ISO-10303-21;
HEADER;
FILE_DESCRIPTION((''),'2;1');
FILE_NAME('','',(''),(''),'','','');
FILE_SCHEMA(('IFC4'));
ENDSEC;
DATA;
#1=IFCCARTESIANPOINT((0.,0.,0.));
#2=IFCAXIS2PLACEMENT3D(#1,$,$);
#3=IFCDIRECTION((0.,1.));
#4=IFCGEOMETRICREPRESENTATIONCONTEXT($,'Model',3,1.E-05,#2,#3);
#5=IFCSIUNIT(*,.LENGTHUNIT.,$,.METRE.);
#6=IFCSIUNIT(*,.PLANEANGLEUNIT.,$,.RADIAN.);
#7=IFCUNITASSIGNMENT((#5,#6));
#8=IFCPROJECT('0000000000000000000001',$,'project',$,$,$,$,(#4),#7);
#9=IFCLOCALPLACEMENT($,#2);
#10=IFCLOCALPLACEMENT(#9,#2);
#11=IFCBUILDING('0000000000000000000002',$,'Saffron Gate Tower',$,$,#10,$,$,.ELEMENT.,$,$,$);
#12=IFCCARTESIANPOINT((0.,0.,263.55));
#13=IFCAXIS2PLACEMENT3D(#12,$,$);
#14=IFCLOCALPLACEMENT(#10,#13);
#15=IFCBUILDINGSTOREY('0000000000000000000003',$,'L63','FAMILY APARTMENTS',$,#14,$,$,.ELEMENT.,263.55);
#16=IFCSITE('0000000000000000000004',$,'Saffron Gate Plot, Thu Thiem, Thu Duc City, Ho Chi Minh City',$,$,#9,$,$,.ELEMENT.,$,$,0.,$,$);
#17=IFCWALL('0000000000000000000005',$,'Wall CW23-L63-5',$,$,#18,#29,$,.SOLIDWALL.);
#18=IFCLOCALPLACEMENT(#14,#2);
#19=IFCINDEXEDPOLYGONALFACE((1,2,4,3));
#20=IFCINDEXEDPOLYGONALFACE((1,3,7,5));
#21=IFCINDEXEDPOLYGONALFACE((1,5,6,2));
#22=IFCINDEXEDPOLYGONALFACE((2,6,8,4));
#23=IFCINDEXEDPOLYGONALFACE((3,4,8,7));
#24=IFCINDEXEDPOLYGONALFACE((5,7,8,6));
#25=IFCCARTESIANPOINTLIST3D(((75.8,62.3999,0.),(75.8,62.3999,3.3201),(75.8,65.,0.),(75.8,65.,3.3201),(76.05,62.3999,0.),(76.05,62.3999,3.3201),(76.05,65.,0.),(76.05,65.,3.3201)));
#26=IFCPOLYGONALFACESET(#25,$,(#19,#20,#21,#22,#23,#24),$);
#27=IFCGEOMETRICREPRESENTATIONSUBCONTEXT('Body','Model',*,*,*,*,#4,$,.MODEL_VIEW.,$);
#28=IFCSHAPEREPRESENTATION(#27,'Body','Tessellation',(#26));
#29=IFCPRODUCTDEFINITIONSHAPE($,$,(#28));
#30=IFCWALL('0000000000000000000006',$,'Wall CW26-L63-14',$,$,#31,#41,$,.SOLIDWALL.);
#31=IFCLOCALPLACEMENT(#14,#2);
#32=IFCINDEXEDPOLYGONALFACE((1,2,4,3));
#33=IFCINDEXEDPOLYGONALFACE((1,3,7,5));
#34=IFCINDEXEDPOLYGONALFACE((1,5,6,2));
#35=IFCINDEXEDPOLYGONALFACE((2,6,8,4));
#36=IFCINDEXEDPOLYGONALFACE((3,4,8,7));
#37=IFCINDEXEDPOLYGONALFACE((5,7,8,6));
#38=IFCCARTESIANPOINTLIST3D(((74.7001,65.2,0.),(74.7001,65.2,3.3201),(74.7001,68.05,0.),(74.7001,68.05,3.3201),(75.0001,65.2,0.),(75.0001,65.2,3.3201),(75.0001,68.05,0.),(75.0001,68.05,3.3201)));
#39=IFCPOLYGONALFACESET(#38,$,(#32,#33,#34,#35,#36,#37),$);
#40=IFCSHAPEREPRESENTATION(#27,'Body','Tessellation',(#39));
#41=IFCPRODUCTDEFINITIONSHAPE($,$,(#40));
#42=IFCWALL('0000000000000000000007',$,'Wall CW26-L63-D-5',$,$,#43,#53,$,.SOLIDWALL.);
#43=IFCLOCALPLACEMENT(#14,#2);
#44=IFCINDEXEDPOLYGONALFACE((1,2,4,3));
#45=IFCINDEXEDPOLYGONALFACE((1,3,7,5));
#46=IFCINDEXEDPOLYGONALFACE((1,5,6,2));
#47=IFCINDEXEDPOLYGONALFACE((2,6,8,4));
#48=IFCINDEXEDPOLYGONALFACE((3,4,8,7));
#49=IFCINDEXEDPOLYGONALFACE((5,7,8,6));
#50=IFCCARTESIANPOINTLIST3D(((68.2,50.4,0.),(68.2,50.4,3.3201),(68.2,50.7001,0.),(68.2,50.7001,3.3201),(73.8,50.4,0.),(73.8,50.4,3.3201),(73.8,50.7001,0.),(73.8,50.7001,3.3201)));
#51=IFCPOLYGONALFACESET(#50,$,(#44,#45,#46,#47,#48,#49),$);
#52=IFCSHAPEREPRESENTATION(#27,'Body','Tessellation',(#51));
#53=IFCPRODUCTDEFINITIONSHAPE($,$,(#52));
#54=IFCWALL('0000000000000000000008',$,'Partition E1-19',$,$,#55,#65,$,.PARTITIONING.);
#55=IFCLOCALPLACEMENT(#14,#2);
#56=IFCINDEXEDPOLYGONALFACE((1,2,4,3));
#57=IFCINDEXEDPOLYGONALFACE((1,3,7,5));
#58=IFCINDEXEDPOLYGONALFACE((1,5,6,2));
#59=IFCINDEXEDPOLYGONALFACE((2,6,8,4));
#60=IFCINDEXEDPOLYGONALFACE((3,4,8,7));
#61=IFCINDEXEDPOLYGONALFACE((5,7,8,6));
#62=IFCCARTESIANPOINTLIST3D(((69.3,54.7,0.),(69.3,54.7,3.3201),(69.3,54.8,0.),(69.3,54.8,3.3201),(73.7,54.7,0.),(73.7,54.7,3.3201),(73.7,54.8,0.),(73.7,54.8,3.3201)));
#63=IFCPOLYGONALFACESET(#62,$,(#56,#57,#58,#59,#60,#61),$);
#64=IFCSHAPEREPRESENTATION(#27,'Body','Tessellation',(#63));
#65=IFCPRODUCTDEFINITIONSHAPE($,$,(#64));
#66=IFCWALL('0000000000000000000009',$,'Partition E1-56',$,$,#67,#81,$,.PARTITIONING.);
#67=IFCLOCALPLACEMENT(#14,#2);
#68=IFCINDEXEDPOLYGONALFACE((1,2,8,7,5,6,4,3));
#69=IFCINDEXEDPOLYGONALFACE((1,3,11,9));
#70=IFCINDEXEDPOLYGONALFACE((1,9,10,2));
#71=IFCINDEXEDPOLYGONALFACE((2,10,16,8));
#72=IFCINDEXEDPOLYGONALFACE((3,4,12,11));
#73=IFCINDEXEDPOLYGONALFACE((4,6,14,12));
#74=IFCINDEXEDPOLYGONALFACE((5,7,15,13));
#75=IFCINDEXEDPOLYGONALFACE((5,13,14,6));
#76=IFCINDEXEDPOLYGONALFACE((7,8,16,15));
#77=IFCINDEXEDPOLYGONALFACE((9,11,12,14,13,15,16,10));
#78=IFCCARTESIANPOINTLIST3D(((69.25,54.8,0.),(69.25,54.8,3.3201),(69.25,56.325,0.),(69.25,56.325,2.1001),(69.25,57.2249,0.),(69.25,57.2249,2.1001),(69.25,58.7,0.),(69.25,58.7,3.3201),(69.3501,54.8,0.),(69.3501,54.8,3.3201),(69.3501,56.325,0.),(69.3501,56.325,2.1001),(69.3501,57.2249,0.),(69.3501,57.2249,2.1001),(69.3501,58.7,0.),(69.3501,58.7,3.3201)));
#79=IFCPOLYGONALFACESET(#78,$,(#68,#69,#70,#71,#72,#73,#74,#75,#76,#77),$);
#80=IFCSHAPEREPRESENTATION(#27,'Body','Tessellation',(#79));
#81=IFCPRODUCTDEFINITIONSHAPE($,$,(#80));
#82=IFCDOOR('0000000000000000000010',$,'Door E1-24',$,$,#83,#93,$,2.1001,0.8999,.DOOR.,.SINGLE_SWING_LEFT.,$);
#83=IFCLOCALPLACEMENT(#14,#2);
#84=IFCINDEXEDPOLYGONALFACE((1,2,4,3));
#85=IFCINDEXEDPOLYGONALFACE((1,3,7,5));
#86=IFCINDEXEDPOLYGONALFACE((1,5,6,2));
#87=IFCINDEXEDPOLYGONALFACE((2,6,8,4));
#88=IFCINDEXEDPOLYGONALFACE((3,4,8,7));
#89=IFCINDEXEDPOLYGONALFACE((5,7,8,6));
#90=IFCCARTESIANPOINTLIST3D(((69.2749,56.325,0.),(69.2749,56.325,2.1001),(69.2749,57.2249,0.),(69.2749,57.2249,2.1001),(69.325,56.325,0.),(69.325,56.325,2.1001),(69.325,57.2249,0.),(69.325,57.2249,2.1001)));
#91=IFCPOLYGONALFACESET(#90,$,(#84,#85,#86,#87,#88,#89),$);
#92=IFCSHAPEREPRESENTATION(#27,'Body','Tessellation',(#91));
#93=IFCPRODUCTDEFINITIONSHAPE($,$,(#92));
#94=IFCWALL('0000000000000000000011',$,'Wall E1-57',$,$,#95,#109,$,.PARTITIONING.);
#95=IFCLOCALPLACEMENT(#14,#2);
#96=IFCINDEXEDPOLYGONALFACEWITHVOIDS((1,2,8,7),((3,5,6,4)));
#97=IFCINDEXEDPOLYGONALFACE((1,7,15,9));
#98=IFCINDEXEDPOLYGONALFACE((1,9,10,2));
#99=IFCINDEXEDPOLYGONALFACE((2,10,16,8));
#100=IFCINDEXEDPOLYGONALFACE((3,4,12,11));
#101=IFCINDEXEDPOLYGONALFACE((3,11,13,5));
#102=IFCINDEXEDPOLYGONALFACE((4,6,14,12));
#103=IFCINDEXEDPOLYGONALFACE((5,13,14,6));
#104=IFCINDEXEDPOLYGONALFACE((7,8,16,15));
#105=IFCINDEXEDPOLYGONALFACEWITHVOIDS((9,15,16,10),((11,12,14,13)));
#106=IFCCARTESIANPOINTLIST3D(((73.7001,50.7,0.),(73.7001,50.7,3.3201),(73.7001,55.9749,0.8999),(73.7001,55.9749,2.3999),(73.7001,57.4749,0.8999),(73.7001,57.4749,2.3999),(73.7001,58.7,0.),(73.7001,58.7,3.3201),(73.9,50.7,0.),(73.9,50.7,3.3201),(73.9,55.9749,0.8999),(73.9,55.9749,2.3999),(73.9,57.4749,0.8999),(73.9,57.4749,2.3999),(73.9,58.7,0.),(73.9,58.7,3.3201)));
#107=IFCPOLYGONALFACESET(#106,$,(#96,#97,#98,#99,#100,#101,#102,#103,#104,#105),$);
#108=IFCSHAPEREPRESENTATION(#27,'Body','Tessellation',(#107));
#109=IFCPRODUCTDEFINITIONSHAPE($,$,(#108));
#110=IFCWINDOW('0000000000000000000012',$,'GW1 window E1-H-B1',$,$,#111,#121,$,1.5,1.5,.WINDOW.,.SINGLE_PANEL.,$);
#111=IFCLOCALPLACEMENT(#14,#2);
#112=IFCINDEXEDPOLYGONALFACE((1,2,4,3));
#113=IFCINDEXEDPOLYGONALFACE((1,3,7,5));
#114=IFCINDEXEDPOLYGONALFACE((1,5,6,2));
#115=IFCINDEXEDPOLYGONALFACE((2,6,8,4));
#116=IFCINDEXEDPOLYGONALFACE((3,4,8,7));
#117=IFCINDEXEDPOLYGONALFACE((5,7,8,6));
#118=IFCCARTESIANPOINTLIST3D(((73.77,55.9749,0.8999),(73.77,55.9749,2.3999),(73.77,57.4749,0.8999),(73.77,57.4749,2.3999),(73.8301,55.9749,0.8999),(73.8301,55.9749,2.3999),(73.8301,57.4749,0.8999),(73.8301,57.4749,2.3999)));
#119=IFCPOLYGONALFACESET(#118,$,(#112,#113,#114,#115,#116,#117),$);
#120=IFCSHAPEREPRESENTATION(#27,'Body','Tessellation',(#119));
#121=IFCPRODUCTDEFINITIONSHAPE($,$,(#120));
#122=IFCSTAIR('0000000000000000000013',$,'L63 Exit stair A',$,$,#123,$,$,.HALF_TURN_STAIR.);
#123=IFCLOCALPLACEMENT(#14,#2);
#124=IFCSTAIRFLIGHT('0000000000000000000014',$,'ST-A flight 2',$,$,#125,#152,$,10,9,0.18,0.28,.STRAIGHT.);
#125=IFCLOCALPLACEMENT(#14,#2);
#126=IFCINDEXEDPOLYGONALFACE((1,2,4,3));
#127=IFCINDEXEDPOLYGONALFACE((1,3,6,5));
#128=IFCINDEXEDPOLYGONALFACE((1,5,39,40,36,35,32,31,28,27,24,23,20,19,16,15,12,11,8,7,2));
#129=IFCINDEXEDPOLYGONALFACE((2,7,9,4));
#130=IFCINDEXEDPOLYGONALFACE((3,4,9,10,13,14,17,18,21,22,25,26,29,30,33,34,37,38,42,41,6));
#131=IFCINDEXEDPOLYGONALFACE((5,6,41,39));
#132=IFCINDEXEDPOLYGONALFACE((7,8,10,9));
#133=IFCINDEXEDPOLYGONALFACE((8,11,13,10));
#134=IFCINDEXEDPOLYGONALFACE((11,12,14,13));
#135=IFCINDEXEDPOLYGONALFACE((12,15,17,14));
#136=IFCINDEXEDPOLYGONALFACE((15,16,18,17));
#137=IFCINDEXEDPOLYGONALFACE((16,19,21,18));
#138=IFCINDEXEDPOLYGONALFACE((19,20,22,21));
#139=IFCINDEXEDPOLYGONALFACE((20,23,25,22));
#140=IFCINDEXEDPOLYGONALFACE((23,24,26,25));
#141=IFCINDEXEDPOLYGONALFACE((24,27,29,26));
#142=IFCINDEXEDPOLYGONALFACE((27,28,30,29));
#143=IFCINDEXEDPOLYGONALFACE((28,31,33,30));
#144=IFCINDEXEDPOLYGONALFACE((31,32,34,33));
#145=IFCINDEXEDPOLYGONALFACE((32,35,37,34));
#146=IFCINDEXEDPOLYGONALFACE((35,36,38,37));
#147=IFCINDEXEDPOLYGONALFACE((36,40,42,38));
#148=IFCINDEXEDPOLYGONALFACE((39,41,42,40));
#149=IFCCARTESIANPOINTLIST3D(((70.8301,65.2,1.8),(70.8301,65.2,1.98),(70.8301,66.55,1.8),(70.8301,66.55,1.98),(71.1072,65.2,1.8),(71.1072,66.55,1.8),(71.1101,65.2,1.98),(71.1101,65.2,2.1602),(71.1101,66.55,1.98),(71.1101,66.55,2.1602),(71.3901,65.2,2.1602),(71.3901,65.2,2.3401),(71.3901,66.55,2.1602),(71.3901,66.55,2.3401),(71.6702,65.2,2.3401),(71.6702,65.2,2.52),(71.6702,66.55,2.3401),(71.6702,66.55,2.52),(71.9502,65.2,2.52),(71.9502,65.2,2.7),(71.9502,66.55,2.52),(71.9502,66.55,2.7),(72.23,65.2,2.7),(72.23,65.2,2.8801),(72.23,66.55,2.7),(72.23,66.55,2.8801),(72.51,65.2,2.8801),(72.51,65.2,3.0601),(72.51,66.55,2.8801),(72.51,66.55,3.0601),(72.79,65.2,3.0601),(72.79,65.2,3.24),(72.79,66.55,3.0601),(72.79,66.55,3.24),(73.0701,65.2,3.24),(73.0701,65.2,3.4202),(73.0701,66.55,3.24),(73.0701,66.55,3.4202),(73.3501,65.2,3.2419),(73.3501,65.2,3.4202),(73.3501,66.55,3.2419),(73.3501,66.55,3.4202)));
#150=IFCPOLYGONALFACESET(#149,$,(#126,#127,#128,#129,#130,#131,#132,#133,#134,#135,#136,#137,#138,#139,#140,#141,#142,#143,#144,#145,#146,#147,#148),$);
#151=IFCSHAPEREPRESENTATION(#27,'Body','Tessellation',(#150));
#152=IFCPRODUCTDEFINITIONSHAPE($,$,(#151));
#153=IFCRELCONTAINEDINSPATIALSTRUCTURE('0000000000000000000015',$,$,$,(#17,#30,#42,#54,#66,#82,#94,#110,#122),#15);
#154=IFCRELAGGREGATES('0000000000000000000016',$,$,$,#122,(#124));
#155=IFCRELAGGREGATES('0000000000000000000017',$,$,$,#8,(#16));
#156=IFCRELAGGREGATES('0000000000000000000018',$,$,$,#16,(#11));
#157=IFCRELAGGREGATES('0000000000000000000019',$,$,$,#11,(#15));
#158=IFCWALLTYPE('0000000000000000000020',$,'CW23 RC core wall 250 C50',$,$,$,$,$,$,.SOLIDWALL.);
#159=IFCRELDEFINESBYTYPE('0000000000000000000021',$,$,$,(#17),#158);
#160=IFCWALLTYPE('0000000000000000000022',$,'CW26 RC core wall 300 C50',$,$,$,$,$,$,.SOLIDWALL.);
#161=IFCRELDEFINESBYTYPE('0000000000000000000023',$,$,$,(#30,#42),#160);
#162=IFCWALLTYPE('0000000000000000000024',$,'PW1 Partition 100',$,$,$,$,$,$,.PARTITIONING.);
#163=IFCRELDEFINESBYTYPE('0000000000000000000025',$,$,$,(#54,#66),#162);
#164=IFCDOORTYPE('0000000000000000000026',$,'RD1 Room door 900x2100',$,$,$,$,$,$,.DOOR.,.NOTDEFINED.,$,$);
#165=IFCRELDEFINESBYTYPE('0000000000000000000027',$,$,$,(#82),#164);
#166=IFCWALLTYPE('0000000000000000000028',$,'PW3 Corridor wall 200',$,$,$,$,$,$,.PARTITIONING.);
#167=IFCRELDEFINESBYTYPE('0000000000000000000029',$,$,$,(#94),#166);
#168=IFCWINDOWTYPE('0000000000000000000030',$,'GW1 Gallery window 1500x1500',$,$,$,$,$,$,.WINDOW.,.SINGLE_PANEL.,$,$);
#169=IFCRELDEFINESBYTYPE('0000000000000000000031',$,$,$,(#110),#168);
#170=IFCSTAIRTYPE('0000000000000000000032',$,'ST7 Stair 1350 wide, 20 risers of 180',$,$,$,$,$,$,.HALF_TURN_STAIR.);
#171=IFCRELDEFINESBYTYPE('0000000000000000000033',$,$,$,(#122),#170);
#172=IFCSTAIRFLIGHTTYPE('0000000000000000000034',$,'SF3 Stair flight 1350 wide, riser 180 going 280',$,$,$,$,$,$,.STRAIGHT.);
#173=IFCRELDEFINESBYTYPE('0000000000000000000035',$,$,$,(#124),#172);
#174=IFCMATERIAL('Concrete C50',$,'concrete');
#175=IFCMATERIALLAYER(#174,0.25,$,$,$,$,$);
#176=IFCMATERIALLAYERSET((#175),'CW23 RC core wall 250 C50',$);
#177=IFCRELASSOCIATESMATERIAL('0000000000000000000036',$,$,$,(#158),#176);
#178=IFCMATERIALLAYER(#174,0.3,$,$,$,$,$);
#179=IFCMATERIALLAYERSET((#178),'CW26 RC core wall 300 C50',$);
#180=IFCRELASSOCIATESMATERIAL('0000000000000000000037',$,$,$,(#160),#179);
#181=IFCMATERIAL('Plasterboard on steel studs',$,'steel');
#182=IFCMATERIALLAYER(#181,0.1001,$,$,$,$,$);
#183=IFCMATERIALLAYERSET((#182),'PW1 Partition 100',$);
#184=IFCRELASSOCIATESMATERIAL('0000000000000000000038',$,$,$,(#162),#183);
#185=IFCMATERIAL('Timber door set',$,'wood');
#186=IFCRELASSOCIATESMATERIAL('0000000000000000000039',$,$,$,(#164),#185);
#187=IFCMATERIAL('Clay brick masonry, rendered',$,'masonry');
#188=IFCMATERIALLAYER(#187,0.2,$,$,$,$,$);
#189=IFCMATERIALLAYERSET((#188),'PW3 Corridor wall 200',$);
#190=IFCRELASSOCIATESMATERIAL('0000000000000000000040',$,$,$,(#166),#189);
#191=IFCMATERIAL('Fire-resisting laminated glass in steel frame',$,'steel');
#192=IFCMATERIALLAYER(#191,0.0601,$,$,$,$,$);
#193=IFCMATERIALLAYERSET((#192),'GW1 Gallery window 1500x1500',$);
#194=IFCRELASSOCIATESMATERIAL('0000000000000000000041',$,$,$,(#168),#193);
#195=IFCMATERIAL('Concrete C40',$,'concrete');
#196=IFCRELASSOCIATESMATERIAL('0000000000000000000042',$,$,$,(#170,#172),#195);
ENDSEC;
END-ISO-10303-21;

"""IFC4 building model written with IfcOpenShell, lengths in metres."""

from ifc_helpers import new_model, si_unit, direction, frame, frame_2d, origin, place, context, subcontext, project, spatial, polyline, rectangle, outline, extrude, material, layer, layer_set, type_object, element, fill, aggregate, save


model = new_model("IFC4")

# Units and contexts
model_context = context("Model", 3, precision=1e-05, world=origin(), true_north=direction((0.0, 1.0)))
body_context = subcontext(model_context, "Body", "Model", "MODEL_VIEW")
ifc_project = project(units=[si_unit("LENGTHUNIT", "METRE"), si_unit("PLANEANGLEUNIT", "RADIAN")], contexts=[model_context])

# Site, building, storey
site_placement = place(None, origin())
site = spatial("IfcSite", under=ifc_project, at=site_placement, Name="Saffron Gate Plot, Thu Thiem, Thu Duc City, Ho Chi Minh City", CompositionType="ELEMENT", RefElevation=0.0)
building_placement = place(site_placement, origin())
building = spatial("IfcBuilding", under=site, at=building_placement, Name="Saffron Gate Tower", CompositionType="ELEMENT")
storey_placement = place(building_placement, frame((0.0, 0.0, 263.55)))
storey = spatial("IfcBuildingStorey", under=building, at=storey_placement, Name="L63", Description="FAMILY APARTMENTS", CompositionType="ELEMENT", Elevation=263.55)

# Walls
ifc_material_1 = material(Name="Concrete C50", Category="concrete")
ifc_layer_1 = layer(ifc_material_1, 0.25)
ifc_layer_set_1 = layer_set([ifc_layer_1], Name="CW23 RC core wall 250 C50")
wall_type_1 = type_object("IfcWallType", Name="CW23 RC core wall 250 C50", PredefinedType="SOLIDWALL", material=ifc_layer_set_1)
wall_1_placement = place(storey_placement, frame((75.925, 62.3999, 0.0), z_axis=(0.0, 0.0, 1.0), x_axis=(0.0, 1.0, 0.0)))
element("IfcWall", 1, at=wall_1_placement, inside=storey, type_object=wall_type_1, Name="Wall CW23-L63-5", PredefinedType="SOLIDWALL", context=body_context, shape_type="SweptSolid", body=[
    extrude(rectangle(XDim=2.6001, YDim=0.25, at=frame_2d((1.3, 0.0))), origin(), (0.0, 0.0, 1.0), 3.3201),
])
ifc_layer_2 = layer(ifc_material_1, 0.3)
ifc_layer_set_2 = layer_set([ifc_layer_2], Name="CW26 RC core wall 300 C50")
wall_type_2 = type_object("IfcWallType", Name="CW26 RC core wall 300 C50", PredefinedType="SOLIDWALL", material=ifc_layer_set_2)
wall_2_placement = place(storey_placement, frame((74.8501, 65.2, 0.0), z_axis=(0.0, 0.0, 1.0), x_axis=(0.0, 1.0, 0.0)))
element("IfcWall", 2, at=wall_2_placement, inside=storey, type_object=wall_type_2, Name="Wall CW26-L63-14", PredefinedType="SOLIDWALL", context=body_context, shape_type="SweptSolid", body=[
    extrude(rectangle(XDim=2.8501, YDim=0.3, at=frame_2d((1.425, 0.0))), origin(), (0.0, 0.0, 1.0), 3.3201),
])
wall_3_placement = place(storey_placement, frame((68.2, 50.55, 0.0), z_axis=(0.0, 0.0, 1.0), x_axis=(1.0, 0.0, 0.0)))
element("IfcWall", 3, at=wall_3_placement, inside=storey, type_object=wall_type_2, Name="Wall CW26-L63-D-5", PredefinedType="SOLIDWALL", context=body_context, shape_type="SweptSolid", body=[
    extrude(rectangle(XDim=5.6001, YDim=0.3, at=frame_2d((2.8, 0.0))), origin(), (0.0, 0.0, 1.0), 3.3201),
])
ifc_material_2 = material(Name="Plasterboard on steel studs", Category="steel")
ifc_layer_3 = layer(ifc_material_2, 0.1001)
ifc_layer_set_3 = layer_set([ifc_layer_3], Name="PW1 Partition 100")
wall_type_3 = type_object("IfcWallType", Name="PW1 Partition 100", PredefinedType="PARTITIONING", material=ifc_layer_set_3)
wall_4_placement = place(storey_placement, frame((69.3, 54.75, 0.0), z_axis=(0.0, 0.0, 1.0), x_axis=(1.0, 0.0, 0.0)))
element("IfcWall", 4, at=wall_4_placement, inside=storey, type_object=wall_type_3, Name="Partition E1-19", PredefinedType="PARTITIONING", context=body_context, shape_type="SweptSolid", body=[
    extrude(rectangle(XDim=4.3999, YDim=0.1001, at=frame_2d((2.2, 0.0))), origin(), (0.0, 0.0, 1.0), 3.3201),
])

# Wall, opening, door
wall_5_placement = place(storey_placement, frame((69.3, 58.7, 0.0), z_axis=(0.0, 0.0, 1.0), x_axis=(0.0, -1.0, 0.0)))
wall_5 = element("IfcWall", 5, at=wall_5_placement, inside=storey, type_object=wall_type_3, Name="Partition E1-56", PredefinedType="PARTITIONING", context=body_context, shape_type="SweptSolid", body=[
    extrude(rectangle(XDim=3.8999, YDim=0.1001, at=frame_2d((1.95, 0.0))), origin(), (0.0, 0.0, 1.0), 3.3201),
])
opening_1_placement = place(wall_5_placement, frame((1.4751, 0.0, 0.0)))
opening_1 = element("IfcOpeningElement", 6, at=opening_1_placement, cuts=wall_5, PredefinedType="OPENING", context=body_context, shape_type="SweptSolid", body=[
    extrude(rectangle(XDim=0.8999, YDim=2.1001, at=frame_2d((0.45, 1.05))), frame((0.0, 0.0601, 0.0), z_axis=(0.0, -1.0, 0.0), x_axis=(1.0, 0.0, 0.0)), (0.0, 0.0, 1.0), 0.1201),
])
ifc_material_3 = material(Name="Timber door set", Category="wood")
door_type = type_object("IfcDoorType", Name="RD1 Room door 900x2100", OperationType="NOTDEFINED", PredefinedType="DOOR", material=ifc_material_3)
door_placement = place(opening_1_placement, origin())
door = element("IfcDoor", 7, at=door_placement, inside=storey, type_object=door_type, Name="Door E1-24", OperationType="SINGLE_SWING_LEFT", OverallHeight=2.1001, OverallWidth=0.8999, PredefinedType="DOOR", context=body_context, shape_type="SweptSolid", body=[
    extrude(rectangle(XDim=0.8999, YDim=2.1001, at=frame_2d((0.45, 1.05))), frame((0.0, 0.0249, 0.0), z_axis=(0.0, -1.0, 0.0), x_axis=(1.0, 0.0, 0.0)), (0.0, 0.0, 1.0), 0.05),
])
fill(opening_1, door)

# Wall, opening, window
ifc_material_4 = material(Name="Clay brick masonry, rendered", Category="masonry")
ifc_layer_4 = layer(ifc_material_4, 0.2)
ifc_layer_set_4 = layer_set([ifc_layer_4], Name="PW3 Corridor wall 200")
wall_type_4 = type_object("IfcWallType", Name="PW3 Corridor wall 200", PredefinedType="PARTITIONING", material=ifc_layer_set_4)
wall_6_placement = place(storey_placement, frame((73.8, 58.7, 0.0), z_axis=(0.0, 0.0, 1.0), x_axis=(0.0, -1.0, 0.0)))
wall_6 = element("IfcWall", 8, at=wall_6_placement, inside=storey, type_object=wall_type_4, Name="Wall E1-57", PredefinedType="PARTITIONING", context=body_context, shape_type="SweptSolid", body=[
    extrude(rectangle(XDim=8.0, YDim=0.2, at=frame_2d((4.0, 0.0))), origin(), (0.0, 0.0, 1.0), 3.3201),
])
opening_2_placement = place(wall_6_placement, frame((1.2251, 0.0, 0.8999)))
opening_2 = element("IfcOpeningElement", 9, at=opening_2_placement, cuts=wall_6, PredefinedType="OPENING", context=body_context, shape_type="SweptSolid", body=[
    extrude(rectangle(XDim=1.5, YDim=1.5, at=frame_2d((0.75, 0.75))), frame((0.0, 0.1099, 0.0), z_axis=(0.0, -1.0, 0.0), x_axis=(1.0, 0.0, 0.0)), (0.0, 0.0, 1.0), 0.22),
])
ifc_material_5 = material(Name="Fire-resisting laminated glass in steel frame", Category="steel")
ifc_layer_5 = layer(ifc_material_5, 0.0601)
ifc_layer_set_5 = layer_set([ifc_layer_5], Name="GW1 Gallery window 1500x1500")
window_type = type_object("IfcWindowType", Name="GW1 Gallery window 1500x1500", PartitioningType="SINGLE_PANEL", PredefinedType="WINDOW", material=ifc_layer_set_5)
window_placement = place(opening_2_placement, origin())
window = element("IfcWindow", 10, at=window_placement, inside=storey, type_object=window_type, Name="GW1 window E1-H-B1", OverallHeight=1.5, OverallWidth=1.5, PartitioningType="SINGLE_PANEL", PredefinedType="WINDOW", context=body_context, shape_type="SweptSolid", body=[
    extrude(rectangle(XDim=1.5, YDim=1.5, at=frame_2d((0.75, 0.75))), frame((0.0, 0.03, 0.0), z_axis=(0.0, -1.0, 0.0), x_axis=(1.0, 0.0, 0.0)), (0.0, 0.0, 1.0), 0.0601),
])
fill(opening_2, window)

# Stair, stair flight
ifc_material_6 = material(Name="Concrete C40", Category="concrete")
stair_type = type_object("IfcStairType", Name="ST7 Stair 1350 wide, 20 risers of 180", PredefinedType="HALF_TURN_STAIR", material=ifc_material_6)
stair_placement = place(storey_placement, origin())
stair = element("IfcStair", 11, at=stair_placement, inside=storey, type_object=stair_type, Name="L63 Exit stair A", PredefinedType="HALF_TURN_STAIR")
stair_flight_type = type_object("IfcStairFlightType", Name="SF3 Stair flight 1350 wide, riser 180 going 280", PredefinedType="STRAIGHT", material=ifc_material_6)
stair_flight_placement = place(storey_placement, frame((70.8301, 65.875, 1.8), z_axis=(0.0, 0.0, 1.0), x_axis=(1.0, 0.0, 0.0)))
stair_flight = element("IfcStairFlight", 12, at=stair_flight_placement, type_object=stair_flight_type, Name="ST-A flight 2", NumberOfRisers=10, NumberOfTreads=9, PredefinedType="STRAIGHT", RiserHeight=0.18, TreadLength=0.28, context=body_context, shape_type="SweptSolid", body=[
    extrude(outline(polyline([(0.0, 0.0), (0.0, 0.1799), (0.28, 0.1799), (0.28, 0.3601), (0.5601, 0.3601), (0.5601, 0.54), (0.8401, 0.54), (0.8401, 0.72), (1.1201, 0.72), (1.1201, 0.8999), (1.3999, 0.8999), (1.3999, 1.0801), (1.6799, 1.0801), (1.6799, 1.26), (1.96, 1.26), (1.96, 1.4399), (2.24, 1.4399), (2.24, 1.6201), (2.52, 1.6201), (2.52, 1.8), (2.52, 1.4419), (0.2771, 0.0), (0.0, 0.0)])), frame((0.0, 0.675, 0.0), z_axis=(0.0, -1.0, 0.0), x_axis=(1.0, 0.0, 0.0)), (0.0, 0.0, 1.0), 1.3501),
])
aggregate(stair, [stair_flight])

save(model, "model.ifc")
